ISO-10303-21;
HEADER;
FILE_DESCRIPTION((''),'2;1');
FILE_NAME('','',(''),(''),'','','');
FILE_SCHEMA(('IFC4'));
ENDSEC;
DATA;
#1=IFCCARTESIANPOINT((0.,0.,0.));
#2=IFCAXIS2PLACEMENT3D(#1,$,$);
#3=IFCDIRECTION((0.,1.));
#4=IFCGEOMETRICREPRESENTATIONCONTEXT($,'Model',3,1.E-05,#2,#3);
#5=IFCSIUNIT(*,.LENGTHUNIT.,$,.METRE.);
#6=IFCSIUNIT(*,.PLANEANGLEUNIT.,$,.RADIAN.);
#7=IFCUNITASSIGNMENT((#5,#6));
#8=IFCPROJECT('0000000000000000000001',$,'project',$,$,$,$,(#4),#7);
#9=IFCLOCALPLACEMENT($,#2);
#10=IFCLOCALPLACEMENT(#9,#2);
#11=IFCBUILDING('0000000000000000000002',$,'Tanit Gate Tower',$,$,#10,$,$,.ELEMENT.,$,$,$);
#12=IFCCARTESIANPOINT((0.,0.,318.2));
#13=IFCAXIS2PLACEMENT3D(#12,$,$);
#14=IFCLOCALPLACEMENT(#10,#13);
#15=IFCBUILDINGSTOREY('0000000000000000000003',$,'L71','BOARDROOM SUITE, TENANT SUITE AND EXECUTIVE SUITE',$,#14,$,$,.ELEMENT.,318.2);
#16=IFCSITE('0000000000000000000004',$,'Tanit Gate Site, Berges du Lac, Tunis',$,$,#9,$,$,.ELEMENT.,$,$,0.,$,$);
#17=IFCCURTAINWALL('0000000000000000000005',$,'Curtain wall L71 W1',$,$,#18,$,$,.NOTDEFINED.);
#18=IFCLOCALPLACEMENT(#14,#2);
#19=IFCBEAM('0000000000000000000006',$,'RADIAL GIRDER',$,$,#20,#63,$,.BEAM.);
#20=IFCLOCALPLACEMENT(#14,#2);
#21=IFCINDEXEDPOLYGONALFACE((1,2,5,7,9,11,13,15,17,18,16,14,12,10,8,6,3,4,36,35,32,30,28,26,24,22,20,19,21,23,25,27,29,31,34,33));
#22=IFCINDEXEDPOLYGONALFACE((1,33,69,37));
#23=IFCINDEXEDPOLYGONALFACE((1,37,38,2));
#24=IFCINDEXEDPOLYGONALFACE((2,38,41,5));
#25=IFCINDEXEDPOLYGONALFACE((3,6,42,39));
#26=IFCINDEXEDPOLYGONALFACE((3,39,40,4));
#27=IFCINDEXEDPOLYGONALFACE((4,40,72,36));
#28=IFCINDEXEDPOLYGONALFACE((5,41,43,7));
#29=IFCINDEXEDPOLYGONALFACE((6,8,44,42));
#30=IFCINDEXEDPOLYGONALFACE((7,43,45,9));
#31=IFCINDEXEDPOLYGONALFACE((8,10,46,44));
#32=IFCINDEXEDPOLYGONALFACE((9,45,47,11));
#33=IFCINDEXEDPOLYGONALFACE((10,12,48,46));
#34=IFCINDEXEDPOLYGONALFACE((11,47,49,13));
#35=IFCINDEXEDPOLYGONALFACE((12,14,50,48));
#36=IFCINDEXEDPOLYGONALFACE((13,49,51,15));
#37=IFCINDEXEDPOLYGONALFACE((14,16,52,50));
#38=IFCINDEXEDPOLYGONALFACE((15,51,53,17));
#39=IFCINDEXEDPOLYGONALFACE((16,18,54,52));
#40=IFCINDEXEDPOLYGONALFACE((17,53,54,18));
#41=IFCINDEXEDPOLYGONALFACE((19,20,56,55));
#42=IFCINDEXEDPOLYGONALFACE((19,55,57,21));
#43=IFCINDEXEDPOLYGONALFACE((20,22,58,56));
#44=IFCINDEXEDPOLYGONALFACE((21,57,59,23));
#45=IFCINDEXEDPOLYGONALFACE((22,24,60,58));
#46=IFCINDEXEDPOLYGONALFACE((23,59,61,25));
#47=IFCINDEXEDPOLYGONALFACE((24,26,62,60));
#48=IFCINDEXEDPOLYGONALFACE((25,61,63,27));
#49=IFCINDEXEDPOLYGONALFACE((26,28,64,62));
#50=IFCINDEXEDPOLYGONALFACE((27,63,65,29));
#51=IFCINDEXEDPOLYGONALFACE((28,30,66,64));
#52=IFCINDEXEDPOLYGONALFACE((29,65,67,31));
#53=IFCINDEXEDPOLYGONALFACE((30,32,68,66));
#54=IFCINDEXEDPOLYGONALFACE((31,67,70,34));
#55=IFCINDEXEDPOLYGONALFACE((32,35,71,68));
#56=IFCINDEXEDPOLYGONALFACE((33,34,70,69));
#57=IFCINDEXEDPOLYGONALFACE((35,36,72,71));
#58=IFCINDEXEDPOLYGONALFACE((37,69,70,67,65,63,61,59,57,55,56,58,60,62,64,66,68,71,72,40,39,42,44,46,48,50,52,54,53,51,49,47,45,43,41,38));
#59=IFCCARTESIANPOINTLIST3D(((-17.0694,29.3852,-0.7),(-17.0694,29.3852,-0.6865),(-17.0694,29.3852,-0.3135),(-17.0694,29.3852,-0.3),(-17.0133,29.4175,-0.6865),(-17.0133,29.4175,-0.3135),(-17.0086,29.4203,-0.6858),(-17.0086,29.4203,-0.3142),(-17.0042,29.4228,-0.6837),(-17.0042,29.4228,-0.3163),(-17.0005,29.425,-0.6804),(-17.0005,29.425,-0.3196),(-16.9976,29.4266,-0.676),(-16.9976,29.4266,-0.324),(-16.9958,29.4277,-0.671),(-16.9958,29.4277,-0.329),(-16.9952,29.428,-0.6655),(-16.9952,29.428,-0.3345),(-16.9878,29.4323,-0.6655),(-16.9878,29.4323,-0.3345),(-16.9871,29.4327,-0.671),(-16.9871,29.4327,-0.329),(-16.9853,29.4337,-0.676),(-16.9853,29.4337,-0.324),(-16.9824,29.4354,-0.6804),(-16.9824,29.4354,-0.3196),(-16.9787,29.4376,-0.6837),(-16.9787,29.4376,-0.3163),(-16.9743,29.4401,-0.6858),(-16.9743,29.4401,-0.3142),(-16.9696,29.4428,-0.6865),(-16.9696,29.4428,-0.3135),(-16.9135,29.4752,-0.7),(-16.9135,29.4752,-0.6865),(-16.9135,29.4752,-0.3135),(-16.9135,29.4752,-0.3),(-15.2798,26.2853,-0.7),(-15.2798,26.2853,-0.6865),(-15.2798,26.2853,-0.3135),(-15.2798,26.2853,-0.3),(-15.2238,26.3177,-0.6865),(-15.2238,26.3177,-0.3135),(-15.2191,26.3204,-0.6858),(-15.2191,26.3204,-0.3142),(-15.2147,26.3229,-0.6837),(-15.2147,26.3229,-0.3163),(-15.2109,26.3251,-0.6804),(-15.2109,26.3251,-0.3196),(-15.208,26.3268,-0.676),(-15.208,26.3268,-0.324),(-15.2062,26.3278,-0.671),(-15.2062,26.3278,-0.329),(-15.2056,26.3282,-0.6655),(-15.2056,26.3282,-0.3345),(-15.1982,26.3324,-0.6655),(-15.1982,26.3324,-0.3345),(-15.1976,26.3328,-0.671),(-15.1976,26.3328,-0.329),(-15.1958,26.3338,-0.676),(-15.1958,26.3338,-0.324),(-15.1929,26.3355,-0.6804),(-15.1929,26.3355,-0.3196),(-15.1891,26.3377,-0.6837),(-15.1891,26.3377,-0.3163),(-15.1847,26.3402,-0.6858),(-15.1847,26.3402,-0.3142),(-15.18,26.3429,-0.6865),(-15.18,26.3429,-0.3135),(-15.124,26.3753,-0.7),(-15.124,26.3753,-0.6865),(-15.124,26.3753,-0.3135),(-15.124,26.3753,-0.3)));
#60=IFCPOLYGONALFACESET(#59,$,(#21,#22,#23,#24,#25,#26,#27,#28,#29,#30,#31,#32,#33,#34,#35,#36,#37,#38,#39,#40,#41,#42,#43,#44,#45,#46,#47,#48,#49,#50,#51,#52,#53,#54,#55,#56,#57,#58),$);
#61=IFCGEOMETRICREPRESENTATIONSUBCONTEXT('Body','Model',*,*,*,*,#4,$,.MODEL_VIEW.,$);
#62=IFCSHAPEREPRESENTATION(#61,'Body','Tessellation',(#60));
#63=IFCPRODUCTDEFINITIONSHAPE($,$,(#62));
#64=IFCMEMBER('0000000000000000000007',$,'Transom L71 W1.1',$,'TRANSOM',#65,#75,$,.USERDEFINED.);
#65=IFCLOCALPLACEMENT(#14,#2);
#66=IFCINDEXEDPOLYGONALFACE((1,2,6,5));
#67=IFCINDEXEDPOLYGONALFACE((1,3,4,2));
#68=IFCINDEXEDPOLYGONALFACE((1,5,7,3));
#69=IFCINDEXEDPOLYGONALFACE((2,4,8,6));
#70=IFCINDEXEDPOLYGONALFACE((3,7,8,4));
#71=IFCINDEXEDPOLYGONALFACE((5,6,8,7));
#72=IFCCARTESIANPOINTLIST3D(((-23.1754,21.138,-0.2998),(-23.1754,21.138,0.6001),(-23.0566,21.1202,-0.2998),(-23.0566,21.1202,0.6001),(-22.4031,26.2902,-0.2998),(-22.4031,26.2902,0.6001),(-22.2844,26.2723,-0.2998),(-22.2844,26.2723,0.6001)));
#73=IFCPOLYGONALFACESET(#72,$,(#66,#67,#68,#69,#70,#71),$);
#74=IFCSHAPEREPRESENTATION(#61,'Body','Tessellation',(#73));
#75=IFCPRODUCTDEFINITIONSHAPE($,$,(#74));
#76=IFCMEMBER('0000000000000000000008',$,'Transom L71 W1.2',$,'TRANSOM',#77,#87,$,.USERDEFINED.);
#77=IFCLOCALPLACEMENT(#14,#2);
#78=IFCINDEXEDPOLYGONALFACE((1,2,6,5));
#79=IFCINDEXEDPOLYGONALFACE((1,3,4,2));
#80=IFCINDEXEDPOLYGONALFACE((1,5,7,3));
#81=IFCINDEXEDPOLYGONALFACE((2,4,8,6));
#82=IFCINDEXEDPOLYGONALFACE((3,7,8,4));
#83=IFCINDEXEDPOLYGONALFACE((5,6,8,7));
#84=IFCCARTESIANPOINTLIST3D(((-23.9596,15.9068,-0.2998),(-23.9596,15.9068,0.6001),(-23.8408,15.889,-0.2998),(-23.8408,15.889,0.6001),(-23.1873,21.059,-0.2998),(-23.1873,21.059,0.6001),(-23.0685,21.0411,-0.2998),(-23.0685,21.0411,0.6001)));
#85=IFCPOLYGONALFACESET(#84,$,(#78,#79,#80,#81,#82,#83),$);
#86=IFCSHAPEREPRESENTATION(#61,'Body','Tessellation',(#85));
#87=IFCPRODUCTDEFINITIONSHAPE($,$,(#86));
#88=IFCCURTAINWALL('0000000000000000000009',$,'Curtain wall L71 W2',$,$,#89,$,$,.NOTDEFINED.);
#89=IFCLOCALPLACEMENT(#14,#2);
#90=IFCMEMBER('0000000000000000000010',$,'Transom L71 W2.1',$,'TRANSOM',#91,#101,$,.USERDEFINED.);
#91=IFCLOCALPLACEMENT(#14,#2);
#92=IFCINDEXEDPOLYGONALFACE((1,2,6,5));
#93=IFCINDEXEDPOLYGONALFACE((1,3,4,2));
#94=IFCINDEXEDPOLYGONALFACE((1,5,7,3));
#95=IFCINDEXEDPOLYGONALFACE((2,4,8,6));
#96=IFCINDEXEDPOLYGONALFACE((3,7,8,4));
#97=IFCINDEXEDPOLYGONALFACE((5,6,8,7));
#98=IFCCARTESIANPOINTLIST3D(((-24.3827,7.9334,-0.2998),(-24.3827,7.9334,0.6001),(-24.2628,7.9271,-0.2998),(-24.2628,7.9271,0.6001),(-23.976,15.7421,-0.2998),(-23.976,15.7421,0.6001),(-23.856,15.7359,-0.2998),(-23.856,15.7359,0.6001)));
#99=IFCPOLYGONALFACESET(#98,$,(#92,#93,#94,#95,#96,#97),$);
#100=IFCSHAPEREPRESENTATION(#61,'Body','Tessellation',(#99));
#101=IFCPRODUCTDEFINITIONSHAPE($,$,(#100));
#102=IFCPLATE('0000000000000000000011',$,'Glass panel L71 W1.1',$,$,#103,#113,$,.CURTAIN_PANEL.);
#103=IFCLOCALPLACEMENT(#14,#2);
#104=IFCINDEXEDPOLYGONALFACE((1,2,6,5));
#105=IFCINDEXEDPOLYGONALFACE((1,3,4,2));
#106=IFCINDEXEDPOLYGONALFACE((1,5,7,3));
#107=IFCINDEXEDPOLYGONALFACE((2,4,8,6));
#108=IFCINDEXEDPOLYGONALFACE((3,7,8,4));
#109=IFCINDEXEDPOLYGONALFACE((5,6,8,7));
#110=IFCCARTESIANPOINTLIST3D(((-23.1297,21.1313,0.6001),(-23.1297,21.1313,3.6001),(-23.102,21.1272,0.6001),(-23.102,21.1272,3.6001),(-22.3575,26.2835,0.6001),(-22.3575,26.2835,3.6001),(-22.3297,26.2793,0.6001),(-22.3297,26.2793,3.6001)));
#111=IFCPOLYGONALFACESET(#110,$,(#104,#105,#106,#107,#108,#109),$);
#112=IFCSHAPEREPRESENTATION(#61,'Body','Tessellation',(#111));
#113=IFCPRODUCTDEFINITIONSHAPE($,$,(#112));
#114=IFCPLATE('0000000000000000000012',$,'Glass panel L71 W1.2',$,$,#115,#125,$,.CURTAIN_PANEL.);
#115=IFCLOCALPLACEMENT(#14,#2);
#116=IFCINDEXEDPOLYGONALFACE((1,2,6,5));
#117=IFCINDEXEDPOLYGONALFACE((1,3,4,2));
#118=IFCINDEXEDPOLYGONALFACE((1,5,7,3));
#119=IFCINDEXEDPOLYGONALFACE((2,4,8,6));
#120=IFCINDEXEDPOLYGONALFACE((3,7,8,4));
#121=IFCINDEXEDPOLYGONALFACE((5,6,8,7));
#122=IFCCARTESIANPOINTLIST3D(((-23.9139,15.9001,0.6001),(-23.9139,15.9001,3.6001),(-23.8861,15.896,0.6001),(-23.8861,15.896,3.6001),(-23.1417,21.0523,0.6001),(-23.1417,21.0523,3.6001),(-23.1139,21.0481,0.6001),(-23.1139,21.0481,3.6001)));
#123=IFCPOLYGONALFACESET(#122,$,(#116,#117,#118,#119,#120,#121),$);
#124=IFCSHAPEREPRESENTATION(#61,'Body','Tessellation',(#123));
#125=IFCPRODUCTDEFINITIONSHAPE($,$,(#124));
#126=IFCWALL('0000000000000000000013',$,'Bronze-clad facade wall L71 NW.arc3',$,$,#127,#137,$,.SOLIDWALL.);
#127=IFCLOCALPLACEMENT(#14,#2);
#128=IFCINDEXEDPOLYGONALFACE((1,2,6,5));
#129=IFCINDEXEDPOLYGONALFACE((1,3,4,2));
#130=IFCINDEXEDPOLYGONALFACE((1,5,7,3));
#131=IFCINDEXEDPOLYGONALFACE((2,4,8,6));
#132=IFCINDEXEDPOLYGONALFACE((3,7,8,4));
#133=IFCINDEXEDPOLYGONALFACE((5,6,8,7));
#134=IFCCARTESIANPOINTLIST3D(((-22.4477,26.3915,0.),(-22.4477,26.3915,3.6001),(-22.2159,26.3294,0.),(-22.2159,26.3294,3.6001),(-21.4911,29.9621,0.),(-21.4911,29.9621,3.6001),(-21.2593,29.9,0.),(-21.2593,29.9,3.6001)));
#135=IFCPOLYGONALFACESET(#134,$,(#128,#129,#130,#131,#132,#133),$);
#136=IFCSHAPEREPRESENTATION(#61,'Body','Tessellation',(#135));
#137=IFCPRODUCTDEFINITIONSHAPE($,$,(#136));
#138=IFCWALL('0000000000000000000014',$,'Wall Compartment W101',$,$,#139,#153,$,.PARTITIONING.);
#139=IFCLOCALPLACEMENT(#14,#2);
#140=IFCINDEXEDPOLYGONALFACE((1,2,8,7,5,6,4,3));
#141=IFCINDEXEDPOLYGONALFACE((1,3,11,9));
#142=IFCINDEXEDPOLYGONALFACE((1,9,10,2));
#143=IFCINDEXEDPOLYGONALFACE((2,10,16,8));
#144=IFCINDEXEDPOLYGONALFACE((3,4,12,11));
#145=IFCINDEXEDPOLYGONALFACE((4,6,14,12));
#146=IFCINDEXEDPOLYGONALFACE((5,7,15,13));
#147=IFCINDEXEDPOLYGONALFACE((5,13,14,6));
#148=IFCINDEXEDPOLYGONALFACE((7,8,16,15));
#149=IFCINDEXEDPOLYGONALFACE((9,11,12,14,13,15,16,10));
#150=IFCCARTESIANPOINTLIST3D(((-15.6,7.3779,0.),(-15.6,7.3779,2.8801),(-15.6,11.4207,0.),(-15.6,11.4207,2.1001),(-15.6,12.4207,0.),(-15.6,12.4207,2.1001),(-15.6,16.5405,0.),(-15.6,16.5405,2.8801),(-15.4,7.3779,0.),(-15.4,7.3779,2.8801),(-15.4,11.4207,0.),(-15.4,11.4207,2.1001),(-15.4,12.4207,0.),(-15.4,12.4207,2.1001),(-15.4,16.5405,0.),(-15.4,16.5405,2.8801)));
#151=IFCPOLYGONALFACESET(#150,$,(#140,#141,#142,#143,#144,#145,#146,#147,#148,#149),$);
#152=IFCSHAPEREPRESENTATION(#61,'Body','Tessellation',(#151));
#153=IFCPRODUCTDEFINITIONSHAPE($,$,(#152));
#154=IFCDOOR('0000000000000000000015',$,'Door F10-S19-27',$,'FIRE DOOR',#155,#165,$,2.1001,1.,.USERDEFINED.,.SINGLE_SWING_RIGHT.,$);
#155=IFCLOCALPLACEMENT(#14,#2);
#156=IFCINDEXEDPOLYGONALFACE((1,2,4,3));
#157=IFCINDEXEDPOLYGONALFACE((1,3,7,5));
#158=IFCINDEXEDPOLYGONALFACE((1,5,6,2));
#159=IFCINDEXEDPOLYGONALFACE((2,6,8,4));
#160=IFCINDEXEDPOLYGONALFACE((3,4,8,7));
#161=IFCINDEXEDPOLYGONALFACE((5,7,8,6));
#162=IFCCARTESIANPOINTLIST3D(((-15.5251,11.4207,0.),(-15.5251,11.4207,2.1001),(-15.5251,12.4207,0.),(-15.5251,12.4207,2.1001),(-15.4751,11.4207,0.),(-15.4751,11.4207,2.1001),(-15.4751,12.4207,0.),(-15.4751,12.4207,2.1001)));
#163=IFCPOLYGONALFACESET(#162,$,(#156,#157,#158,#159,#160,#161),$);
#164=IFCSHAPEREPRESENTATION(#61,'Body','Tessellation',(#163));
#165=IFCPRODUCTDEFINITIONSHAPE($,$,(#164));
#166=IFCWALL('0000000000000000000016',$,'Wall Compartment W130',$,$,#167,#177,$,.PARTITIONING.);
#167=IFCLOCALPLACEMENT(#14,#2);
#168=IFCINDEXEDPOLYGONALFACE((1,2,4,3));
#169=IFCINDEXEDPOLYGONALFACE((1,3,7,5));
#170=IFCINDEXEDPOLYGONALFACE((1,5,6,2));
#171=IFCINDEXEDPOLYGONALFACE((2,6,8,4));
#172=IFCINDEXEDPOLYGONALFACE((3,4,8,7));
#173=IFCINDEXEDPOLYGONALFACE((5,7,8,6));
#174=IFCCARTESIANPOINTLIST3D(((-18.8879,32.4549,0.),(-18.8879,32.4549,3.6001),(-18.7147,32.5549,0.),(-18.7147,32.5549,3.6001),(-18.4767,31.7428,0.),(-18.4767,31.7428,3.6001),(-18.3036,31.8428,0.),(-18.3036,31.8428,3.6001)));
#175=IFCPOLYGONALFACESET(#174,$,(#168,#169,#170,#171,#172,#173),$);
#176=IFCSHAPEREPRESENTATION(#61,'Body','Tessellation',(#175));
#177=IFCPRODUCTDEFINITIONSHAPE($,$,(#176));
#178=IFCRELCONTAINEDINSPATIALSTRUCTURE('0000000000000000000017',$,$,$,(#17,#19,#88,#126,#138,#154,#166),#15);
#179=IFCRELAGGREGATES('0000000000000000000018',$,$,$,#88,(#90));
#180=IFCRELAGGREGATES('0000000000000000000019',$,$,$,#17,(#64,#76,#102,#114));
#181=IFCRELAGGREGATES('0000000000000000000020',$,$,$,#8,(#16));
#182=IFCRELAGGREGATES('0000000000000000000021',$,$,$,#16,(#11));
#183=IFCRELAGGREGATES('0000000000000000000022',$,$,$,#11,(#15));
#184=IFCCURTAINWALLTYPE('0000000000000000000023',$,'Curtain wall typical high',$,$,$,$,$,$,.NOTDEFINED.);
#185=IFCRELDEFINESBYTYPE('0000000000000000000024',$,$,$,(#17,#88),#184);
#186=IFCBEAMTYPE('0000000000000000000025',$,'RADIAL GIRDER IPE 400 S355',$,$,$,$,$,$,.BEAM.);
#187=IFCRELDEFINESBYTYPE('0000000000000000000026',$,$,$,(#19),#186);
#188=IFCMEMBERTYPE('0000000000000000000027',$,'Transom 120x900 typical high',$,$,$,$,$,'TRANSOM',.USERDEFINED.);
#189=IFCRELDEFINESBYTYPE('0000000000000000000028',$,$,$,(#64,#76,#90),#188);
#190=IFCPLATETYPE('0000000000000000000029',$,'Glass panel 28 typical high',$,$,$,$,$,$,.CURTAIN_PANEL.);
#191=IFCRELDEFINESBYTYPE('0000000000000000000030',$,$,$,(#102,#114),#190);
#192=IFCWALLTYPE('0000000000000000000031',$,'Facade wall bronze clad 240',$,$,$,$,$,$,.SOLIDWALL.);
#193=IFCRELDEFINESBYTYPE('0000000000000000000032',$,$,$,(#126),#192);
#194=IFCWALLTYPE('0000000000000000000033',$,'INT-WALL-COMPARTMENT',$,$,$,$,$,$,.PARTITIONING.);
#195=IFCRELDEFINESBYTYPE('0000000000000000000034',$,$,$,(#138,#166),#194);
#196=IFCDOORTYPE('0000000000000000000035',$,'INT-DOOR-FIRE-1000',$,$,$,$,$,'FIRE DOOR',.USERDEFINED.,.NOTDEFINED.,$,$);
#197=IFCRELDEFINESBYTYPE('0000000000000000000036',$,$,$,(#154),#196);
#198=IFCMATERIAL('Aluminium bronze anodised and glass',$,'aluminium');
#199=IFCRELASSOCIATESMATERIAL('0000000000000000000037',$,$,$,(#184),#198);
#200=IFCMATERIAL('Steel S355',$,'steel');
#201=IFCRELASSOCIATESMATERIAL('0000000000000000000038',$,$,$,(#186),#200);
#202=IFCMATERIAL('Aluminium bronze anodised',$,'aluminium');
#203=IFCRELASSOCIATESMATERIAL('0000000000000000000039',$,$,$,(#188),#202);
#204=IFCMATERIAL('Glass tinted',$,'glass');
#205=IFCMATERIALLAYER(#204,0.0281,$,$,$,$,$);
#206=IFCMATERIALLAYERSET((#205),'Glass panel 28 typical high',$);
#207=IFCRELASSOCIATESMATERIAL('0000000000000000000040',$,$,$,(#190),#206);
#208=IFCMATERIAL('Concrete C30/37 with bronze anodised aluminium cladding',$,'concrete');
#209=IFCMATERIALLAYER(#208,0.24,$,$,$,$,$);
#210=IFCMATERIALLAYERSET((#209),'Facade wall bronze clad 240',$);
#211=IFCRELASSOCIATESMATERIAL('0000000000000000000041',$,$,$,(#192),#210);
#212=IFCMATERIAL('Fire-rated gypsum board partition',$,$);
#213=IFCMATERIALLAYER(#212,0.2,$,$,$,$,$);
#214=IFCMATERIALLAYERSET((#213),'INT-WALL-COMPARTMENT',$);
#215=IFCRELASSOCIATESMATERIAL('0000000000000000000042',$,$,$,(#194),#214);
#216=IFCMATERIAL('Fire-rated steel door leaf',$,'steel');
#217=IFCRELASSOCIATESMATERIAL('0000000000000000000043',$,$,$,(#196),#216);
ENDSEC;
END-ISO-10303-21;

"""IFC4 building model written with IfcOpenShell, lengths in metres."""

from ifc_helpers import new_model, si_unit, direction, frame, frame_2d, origin, origin_2d, place, context, subcontext, project, spatial, rectangle, i_section, extrude, material, layer, layer_set, material_profile, profile_set, type_object, element, fill, aggregate, save


model = new_model("IFC4")

# Units and contexts
model_context = context("Model", 3, precision=1e-05, world=origin(), true_north=direction((0.0, 1.0)))
body_context = subcontext(model_context, "Body", "Model", "MODEL_VIEW")
ifc_project = project(units=[si_unit("LENGTHUNIT", "METRE"), si_unit("PLANEANGLEUNIT", "RADIAN")], contexts=[model_context])

# Site, building, storey
site_placement = place(None, origin())
site = spatial("IfcSite", under=ifc_project, at=site_placement, Name="Tanit Gate Site, Berges du Lac, Tunis", CompositionType="ELEMENT", RefElevation=0.0)
building_placement = place(site_placement, origin())
building = spatial("IfcBuilding", under=site, at=building_placement, Name="Tanit Gate Tower", CompositionType="ELEMENT")
storey_placement = place(building_placement, frame((0.0, 0.0, 318.2)))
storey = spatial("IfcBuildingStorey", under=building, at=storey_placement, Name="L71", Description="BOARDROOM SUITE, TENANT SUITE AND EXECUTIVE SUITE", CompositionType="ELEMENT", Elevation=318.2)

# Curtain wall
ifc_material_1 = material(Name="Aluminium bronze anodised and glass", Category="aluminium")
curtain_wall_type = type_object("IfcCurtainWallType", Name="Curtain wall typical high", PredefinedType="NOTDEFINED", material=ifc_material_1)
curtain_wall_1_placement = place(storey_placement, origin())
curtain_wall_1 = element("IfcCurtainWall", 1, at=curtain_wall_1_placement, inside=storey, type_object=curtain_wall_type, Name="Curtain wall L71 W1", PredefinedType="NOTDEFINED")

# Beam
ifc_material_2 = material(Name="Steel S355", Category="steel")
ifc_material_profile_1 = material_profile(ifc_material_2, i_section(OverallWidth=0.1799, OverallDepth=0.3999, WebThickness=0.0085, FlangeThickness=0.0134, FilletRadius=0.021, at=origin_2d()), Name="IPE 400")
ifc_profile_set_1 = profile_set([ifc_material_profile_1], Name="Steel S355")
beam_type_1 = type_object("IfcBeamType", Name="RADIAL GIRDER IPE 400 S355", PredefinedType="BEAM", material=ifc_profile_set_1)
beam_1_placement = place(storey_placement, frame((-16.9915, 29.4302, -0.5), z_axis=(0.499968, -0.866044, 0.0), x_axis=(0.866044, 0.499968, 0.0)))
element("IfcBeam", 2, at=beam_1_placement, inside=storey, type_object=beam_type_1, Name="RADIAL GIRDER", PredefinedType="BEAM", context=body_context, shape_type="SweptSolid", body=[
    extrude(i_section(OverallWidth=0.1799, OverallDepth=0.3999, WebThickness=0.0085, FlangeThickness=0.0134, FilletRadius=0.021, at=origin_2d()), origin(), (0.0, 0.0, 1.0), 3.5793),
])

# Members
ifc_material_3 = material(Name="Aluminium bronze anodised", Category="aluminium")
ifc_material_profile_2 = material_profile(ifc_material_3, rectangle(XDim=0.1201, YDim=0.8999, at=origin_2d()), Name="120x900 bronze transom")
ifc_profile_set_2 = profile_set([ifc_material_profile_2], Name="Aluminium bronze anodised")
member_type_1 = type_object("IfcMemberType", Name="Transom 120x900 typical high", ElementType="TRANSOM", PredefinedType="USERDEFINED", material=ifc_profile_set_2)
member_1_placement = place(storey_placement, frame((-22.3438, 26.2812, 0.1501), z_axis=(-0.148228, -0.988953, 0.0), x_axis=(0.988953, -0.148228, 0.0)))
member_1 = element("IfcMember", 3, at=member_1_placement, type_object=member_type_1, Name="Transom L71 W1.1", ObjectType="TRANSOM", PredefinedType="USERDEFINED", context=body_context, shape_type="SweptSolid", body=[
    extrude(rectangle(XDim=0.1201, YDim=0.8999, at=origin_2d()), origin(), (0.0, 0.0, 1.0), 5.2097),
])
member_2_placement = place(storey_placement, frame((-23.1279, 21.05, 0.1501), z_axis=(-0.148228, -0.988953, 0.0), x_axis=(0.988953, -0.148228, 0.0)))
member_2 = element("IfcMember", 4, at=member_2_placement, type_object=member_type_1, Name="Transom L71 W1.2", ObjectType="TRANSOM", PredefinedType="USERDEFINED", context=body_context, shape_type="SweptSolid", body=[
    extrude(rectangle(XDim=0.1201, YDim=0.8999, at=origin_2d()), origin(), (0.0, 0.0, 1.0), 5.2097),
])

# Curtain wall, member
curtain_wall_2_placement = place(storey_placement, origin())
curtain_wall_2 = element("IfcCurtainWall", 5, at=curtain_wall_2_placement, inside=storey, type_object=curtain_wall_type, Name="Curtain wall L71 W2", PredefinedType="NOTDEFINED")
member_3_placement = place(storey_placement, frame((-23.916, 15.739, 0.1501), z_axis=(-0.052016, -0.998646, 0.0), x_axis=(0.998646, -0.052016, 0.0)))
member_3 = element("IfcMember", 6, at=member_3_placement, type_object=member_type_1, Name="Transom L71 W2.1", ObjectType="TRANSOM", PredefinedType="USERDEFINED", context=body_context, shape_type="SweptSolid", body=[
    extrude(rectangle(XDim=0.1201, YDim=0.8999, at=origin_2d()), origin(), (0.0, 0.0, 1.0), 7.8193),
])
aggregate(curtain_wall_2, [member_3])

# Plates
ifc_material_4 = material(Name="Glass tinted", Category="glass")
ifc_layer_1 = layer(ifc_material_4, 0.0281)
ifc_layer_set_1 = layer_set([ifc_layer_1], Name="Glass panel 28 typical high")
plate_type = type_object("IfcPlateType", Name="Glass panel 28 typical high", PredefinedType="CURTAIN_PANEL", material=ifc_layer_set_1)
plate_1_placement = place(storey_placement, frame((-22.7297, 23.7053, 0.6001), z_axis=(0.0, 0.0, 1.0), x_axis=(-0.148229, -0.988953, 0.0)))
plate_1 = element("IfcPlate", 7, at=plate_1_placement, type_object=plate_type, Name="Glass panel L71 W1.1", PredefinedType="CURTAIN_PANEL", context=body_context, shape_type="SweptSolid", body=[
    extrude(rectangle(XDim=5.2097, YDim=0.0281, at=origin_2d()), origin(), (0.0, 0.0, 1.0), 3.0),
])
plate_2_placement = place(storey_placement, frame((-23.5139, 18.4741, 0.6001), z_axis=(0.0, 0.0, 1.0), x_axis=(-0.148229, -0.988953, 0.0)))
plate_2 = element("IfcPlate", 8, at=plate_2_placement, type_object=plate_type, Name="Glass panel L71 W1.2", PredefinedType="CURTAIN_PANEL", context=body_context, shape_type="SweptSolid", body=[
    extrude(rectangle(XDim=5.2097, YDim=0.0281, at=origin_2d()), origin(), (0.0, 0.0, 1.0), 3.0),
])
aggregate(curtain_wall_1, [member_1, member_2, plate_1, plate_2])

# Wall
ifc_material_5 = material(Name="Concrete C30/37 with bronze anodised aluminium cladding", Category="concrete")
ifc_layer_2 = layer(ifc_material_5, 0.24)
ifc_layer_set_2 = layer_set([ifc_layer_2], Name="Facade wall bronze clad 240")
wall_type_1 = type_object("IfcWallType", Name="Facade wall bronze clad 240", PredefinedType="SOLIDWALL", material=ifc_layer_set_2)
wall_1_placement = place(storey_placement, frame((-21.3752, 29.9309, 0.0), z_axis=(0.0, 0.0, 1.0), x_axis=(-0.258772, -0.965938, 0.0)))
element("IfcWall", 9, at=wall_1_placement, inside=storey, type_object=wall_type_1, Name="Bronze-clad facade wall L71 NW.arc3", PredefinedType="SOLIDWALL", context=body_context, shape_type="SweptSolid", body=[
    extrude(rectangle(XDim=3.6965, YDim=0.24, at=frame_2d((1.8481, 0.0))), origin(), (0.0, 0.0, 1.0), 3.6001),
])

# Wall, opening, door
ifc_material_6 = material(Name="Fire-rated gypsum board partition")
ifc_layer_3 = layer(ifc_material_6, 0.2)
ifc_layer_set_3 = layer_set([ifc_layer_3], Name="INT-WALL-COMPARTMENT")
wall_type_2 = type_object("IfcWallType", Name="INT-WALL-COMPARTMENT", PredefinedType="PARTITIONING", material=ifc_layer_set_3)
wall_2_placement = place(storey_placement, frame((-15.5, 16.5405, 0.0), z_axis=(0.0, 0.0, 1.0), x_axis=(0.0, -1.0, 0.0)))
wall_2 = element("IfcWall", 10, at=wall_2_placement, inside=storey, type_object=wall_type_2, Name="Wall Compartment W101", PredefinedType="PARTITIONING", context=body_context, shape_type="SweptSolid", body=[
    extrude(rectangle(XDim=9.1626, YDim=0.2, at=frame_2d((4.5813, 0.0))), origin(), (0.0, 0.0, 1.0), 2.8801),
])
opening_placement = place(wall_2_placement, frame((4.1199, 0.0, 0.0)))
opening = element("IfcOpeningElement", 11, at=opening_placement, cuts=wall_2, PredefinedType="OPENING", context=body_context, shape_type="SweptSolid", body=[
    extrude(rectangle(XDim=1.0, YDim=2.1001, at=frame_2d((0.5, 1.05))), frame((0.0, 0.1099, 0.0), z_axis=(0.0, -1.0, 0.0), x_axis=(1.0, 0.0, 0.0)), (0.0, 0.0, 1.0), 0.22),
])
ifc_material_7 = material(Name="Fire-rated steel door leaf", Category="steel")
door_type = type_object("IfcDoorType", Name="INT-DOOR-FIRE-1000", ElementType="FIRE DOOR", OperationType="NOTDEFINED", PredefinedType="USERDEFINED", material=ifc_material_7)
door_placement = place(opening_placement, origin())
door = element("IfcDoor", 12, at=door_placement, inside=storey, type_object=door_type, Name="Door F10-S19-27", ObjectType="FIRE DOOR", OperationType="SINGLE_SWING_RIGHT", OverallHeight=2.1001, OverallWidth=1.0, PredefinedType="USERDEFINED", context=body_context, shape_type="SweptSolid", body=[
    extrude(rectangle(XDim=1.0, YDim=2.1001, at=frame_2d((0.5, 1.05))), frame((0.0, 0.0249, 0.0), z_axis=(0.0, -1.0, 0.0), x_axis=(1.0, 0.0, 0.0)), (0.0, 0.0, 1.0), 0.05),
])
fill(opening, door)

# Wall
wall_3_placement = place(storey_placement, frame((-18.8013, 32.5049, 0.0), z_axis=(0.0, 0.0, 1.0), x_axis=(0.499971, -0.866042, 0.0)))
element("IfcWall", 13, at=wall_3_placement, inside=storey, type_object=wall_type_2, Name="Wall Compartment W130", PredefinedType="PARTITIONING", context=body_context, shape_type="SweptSolid", body=[
    extrude(rectangle(XDim=0.8223, YDim=0.2, at=frame_2d((0.4111, 0.0))), origin(), (0.0, 0.0, 1.0), 3.6001),
])

save(model, "model.ifc")
